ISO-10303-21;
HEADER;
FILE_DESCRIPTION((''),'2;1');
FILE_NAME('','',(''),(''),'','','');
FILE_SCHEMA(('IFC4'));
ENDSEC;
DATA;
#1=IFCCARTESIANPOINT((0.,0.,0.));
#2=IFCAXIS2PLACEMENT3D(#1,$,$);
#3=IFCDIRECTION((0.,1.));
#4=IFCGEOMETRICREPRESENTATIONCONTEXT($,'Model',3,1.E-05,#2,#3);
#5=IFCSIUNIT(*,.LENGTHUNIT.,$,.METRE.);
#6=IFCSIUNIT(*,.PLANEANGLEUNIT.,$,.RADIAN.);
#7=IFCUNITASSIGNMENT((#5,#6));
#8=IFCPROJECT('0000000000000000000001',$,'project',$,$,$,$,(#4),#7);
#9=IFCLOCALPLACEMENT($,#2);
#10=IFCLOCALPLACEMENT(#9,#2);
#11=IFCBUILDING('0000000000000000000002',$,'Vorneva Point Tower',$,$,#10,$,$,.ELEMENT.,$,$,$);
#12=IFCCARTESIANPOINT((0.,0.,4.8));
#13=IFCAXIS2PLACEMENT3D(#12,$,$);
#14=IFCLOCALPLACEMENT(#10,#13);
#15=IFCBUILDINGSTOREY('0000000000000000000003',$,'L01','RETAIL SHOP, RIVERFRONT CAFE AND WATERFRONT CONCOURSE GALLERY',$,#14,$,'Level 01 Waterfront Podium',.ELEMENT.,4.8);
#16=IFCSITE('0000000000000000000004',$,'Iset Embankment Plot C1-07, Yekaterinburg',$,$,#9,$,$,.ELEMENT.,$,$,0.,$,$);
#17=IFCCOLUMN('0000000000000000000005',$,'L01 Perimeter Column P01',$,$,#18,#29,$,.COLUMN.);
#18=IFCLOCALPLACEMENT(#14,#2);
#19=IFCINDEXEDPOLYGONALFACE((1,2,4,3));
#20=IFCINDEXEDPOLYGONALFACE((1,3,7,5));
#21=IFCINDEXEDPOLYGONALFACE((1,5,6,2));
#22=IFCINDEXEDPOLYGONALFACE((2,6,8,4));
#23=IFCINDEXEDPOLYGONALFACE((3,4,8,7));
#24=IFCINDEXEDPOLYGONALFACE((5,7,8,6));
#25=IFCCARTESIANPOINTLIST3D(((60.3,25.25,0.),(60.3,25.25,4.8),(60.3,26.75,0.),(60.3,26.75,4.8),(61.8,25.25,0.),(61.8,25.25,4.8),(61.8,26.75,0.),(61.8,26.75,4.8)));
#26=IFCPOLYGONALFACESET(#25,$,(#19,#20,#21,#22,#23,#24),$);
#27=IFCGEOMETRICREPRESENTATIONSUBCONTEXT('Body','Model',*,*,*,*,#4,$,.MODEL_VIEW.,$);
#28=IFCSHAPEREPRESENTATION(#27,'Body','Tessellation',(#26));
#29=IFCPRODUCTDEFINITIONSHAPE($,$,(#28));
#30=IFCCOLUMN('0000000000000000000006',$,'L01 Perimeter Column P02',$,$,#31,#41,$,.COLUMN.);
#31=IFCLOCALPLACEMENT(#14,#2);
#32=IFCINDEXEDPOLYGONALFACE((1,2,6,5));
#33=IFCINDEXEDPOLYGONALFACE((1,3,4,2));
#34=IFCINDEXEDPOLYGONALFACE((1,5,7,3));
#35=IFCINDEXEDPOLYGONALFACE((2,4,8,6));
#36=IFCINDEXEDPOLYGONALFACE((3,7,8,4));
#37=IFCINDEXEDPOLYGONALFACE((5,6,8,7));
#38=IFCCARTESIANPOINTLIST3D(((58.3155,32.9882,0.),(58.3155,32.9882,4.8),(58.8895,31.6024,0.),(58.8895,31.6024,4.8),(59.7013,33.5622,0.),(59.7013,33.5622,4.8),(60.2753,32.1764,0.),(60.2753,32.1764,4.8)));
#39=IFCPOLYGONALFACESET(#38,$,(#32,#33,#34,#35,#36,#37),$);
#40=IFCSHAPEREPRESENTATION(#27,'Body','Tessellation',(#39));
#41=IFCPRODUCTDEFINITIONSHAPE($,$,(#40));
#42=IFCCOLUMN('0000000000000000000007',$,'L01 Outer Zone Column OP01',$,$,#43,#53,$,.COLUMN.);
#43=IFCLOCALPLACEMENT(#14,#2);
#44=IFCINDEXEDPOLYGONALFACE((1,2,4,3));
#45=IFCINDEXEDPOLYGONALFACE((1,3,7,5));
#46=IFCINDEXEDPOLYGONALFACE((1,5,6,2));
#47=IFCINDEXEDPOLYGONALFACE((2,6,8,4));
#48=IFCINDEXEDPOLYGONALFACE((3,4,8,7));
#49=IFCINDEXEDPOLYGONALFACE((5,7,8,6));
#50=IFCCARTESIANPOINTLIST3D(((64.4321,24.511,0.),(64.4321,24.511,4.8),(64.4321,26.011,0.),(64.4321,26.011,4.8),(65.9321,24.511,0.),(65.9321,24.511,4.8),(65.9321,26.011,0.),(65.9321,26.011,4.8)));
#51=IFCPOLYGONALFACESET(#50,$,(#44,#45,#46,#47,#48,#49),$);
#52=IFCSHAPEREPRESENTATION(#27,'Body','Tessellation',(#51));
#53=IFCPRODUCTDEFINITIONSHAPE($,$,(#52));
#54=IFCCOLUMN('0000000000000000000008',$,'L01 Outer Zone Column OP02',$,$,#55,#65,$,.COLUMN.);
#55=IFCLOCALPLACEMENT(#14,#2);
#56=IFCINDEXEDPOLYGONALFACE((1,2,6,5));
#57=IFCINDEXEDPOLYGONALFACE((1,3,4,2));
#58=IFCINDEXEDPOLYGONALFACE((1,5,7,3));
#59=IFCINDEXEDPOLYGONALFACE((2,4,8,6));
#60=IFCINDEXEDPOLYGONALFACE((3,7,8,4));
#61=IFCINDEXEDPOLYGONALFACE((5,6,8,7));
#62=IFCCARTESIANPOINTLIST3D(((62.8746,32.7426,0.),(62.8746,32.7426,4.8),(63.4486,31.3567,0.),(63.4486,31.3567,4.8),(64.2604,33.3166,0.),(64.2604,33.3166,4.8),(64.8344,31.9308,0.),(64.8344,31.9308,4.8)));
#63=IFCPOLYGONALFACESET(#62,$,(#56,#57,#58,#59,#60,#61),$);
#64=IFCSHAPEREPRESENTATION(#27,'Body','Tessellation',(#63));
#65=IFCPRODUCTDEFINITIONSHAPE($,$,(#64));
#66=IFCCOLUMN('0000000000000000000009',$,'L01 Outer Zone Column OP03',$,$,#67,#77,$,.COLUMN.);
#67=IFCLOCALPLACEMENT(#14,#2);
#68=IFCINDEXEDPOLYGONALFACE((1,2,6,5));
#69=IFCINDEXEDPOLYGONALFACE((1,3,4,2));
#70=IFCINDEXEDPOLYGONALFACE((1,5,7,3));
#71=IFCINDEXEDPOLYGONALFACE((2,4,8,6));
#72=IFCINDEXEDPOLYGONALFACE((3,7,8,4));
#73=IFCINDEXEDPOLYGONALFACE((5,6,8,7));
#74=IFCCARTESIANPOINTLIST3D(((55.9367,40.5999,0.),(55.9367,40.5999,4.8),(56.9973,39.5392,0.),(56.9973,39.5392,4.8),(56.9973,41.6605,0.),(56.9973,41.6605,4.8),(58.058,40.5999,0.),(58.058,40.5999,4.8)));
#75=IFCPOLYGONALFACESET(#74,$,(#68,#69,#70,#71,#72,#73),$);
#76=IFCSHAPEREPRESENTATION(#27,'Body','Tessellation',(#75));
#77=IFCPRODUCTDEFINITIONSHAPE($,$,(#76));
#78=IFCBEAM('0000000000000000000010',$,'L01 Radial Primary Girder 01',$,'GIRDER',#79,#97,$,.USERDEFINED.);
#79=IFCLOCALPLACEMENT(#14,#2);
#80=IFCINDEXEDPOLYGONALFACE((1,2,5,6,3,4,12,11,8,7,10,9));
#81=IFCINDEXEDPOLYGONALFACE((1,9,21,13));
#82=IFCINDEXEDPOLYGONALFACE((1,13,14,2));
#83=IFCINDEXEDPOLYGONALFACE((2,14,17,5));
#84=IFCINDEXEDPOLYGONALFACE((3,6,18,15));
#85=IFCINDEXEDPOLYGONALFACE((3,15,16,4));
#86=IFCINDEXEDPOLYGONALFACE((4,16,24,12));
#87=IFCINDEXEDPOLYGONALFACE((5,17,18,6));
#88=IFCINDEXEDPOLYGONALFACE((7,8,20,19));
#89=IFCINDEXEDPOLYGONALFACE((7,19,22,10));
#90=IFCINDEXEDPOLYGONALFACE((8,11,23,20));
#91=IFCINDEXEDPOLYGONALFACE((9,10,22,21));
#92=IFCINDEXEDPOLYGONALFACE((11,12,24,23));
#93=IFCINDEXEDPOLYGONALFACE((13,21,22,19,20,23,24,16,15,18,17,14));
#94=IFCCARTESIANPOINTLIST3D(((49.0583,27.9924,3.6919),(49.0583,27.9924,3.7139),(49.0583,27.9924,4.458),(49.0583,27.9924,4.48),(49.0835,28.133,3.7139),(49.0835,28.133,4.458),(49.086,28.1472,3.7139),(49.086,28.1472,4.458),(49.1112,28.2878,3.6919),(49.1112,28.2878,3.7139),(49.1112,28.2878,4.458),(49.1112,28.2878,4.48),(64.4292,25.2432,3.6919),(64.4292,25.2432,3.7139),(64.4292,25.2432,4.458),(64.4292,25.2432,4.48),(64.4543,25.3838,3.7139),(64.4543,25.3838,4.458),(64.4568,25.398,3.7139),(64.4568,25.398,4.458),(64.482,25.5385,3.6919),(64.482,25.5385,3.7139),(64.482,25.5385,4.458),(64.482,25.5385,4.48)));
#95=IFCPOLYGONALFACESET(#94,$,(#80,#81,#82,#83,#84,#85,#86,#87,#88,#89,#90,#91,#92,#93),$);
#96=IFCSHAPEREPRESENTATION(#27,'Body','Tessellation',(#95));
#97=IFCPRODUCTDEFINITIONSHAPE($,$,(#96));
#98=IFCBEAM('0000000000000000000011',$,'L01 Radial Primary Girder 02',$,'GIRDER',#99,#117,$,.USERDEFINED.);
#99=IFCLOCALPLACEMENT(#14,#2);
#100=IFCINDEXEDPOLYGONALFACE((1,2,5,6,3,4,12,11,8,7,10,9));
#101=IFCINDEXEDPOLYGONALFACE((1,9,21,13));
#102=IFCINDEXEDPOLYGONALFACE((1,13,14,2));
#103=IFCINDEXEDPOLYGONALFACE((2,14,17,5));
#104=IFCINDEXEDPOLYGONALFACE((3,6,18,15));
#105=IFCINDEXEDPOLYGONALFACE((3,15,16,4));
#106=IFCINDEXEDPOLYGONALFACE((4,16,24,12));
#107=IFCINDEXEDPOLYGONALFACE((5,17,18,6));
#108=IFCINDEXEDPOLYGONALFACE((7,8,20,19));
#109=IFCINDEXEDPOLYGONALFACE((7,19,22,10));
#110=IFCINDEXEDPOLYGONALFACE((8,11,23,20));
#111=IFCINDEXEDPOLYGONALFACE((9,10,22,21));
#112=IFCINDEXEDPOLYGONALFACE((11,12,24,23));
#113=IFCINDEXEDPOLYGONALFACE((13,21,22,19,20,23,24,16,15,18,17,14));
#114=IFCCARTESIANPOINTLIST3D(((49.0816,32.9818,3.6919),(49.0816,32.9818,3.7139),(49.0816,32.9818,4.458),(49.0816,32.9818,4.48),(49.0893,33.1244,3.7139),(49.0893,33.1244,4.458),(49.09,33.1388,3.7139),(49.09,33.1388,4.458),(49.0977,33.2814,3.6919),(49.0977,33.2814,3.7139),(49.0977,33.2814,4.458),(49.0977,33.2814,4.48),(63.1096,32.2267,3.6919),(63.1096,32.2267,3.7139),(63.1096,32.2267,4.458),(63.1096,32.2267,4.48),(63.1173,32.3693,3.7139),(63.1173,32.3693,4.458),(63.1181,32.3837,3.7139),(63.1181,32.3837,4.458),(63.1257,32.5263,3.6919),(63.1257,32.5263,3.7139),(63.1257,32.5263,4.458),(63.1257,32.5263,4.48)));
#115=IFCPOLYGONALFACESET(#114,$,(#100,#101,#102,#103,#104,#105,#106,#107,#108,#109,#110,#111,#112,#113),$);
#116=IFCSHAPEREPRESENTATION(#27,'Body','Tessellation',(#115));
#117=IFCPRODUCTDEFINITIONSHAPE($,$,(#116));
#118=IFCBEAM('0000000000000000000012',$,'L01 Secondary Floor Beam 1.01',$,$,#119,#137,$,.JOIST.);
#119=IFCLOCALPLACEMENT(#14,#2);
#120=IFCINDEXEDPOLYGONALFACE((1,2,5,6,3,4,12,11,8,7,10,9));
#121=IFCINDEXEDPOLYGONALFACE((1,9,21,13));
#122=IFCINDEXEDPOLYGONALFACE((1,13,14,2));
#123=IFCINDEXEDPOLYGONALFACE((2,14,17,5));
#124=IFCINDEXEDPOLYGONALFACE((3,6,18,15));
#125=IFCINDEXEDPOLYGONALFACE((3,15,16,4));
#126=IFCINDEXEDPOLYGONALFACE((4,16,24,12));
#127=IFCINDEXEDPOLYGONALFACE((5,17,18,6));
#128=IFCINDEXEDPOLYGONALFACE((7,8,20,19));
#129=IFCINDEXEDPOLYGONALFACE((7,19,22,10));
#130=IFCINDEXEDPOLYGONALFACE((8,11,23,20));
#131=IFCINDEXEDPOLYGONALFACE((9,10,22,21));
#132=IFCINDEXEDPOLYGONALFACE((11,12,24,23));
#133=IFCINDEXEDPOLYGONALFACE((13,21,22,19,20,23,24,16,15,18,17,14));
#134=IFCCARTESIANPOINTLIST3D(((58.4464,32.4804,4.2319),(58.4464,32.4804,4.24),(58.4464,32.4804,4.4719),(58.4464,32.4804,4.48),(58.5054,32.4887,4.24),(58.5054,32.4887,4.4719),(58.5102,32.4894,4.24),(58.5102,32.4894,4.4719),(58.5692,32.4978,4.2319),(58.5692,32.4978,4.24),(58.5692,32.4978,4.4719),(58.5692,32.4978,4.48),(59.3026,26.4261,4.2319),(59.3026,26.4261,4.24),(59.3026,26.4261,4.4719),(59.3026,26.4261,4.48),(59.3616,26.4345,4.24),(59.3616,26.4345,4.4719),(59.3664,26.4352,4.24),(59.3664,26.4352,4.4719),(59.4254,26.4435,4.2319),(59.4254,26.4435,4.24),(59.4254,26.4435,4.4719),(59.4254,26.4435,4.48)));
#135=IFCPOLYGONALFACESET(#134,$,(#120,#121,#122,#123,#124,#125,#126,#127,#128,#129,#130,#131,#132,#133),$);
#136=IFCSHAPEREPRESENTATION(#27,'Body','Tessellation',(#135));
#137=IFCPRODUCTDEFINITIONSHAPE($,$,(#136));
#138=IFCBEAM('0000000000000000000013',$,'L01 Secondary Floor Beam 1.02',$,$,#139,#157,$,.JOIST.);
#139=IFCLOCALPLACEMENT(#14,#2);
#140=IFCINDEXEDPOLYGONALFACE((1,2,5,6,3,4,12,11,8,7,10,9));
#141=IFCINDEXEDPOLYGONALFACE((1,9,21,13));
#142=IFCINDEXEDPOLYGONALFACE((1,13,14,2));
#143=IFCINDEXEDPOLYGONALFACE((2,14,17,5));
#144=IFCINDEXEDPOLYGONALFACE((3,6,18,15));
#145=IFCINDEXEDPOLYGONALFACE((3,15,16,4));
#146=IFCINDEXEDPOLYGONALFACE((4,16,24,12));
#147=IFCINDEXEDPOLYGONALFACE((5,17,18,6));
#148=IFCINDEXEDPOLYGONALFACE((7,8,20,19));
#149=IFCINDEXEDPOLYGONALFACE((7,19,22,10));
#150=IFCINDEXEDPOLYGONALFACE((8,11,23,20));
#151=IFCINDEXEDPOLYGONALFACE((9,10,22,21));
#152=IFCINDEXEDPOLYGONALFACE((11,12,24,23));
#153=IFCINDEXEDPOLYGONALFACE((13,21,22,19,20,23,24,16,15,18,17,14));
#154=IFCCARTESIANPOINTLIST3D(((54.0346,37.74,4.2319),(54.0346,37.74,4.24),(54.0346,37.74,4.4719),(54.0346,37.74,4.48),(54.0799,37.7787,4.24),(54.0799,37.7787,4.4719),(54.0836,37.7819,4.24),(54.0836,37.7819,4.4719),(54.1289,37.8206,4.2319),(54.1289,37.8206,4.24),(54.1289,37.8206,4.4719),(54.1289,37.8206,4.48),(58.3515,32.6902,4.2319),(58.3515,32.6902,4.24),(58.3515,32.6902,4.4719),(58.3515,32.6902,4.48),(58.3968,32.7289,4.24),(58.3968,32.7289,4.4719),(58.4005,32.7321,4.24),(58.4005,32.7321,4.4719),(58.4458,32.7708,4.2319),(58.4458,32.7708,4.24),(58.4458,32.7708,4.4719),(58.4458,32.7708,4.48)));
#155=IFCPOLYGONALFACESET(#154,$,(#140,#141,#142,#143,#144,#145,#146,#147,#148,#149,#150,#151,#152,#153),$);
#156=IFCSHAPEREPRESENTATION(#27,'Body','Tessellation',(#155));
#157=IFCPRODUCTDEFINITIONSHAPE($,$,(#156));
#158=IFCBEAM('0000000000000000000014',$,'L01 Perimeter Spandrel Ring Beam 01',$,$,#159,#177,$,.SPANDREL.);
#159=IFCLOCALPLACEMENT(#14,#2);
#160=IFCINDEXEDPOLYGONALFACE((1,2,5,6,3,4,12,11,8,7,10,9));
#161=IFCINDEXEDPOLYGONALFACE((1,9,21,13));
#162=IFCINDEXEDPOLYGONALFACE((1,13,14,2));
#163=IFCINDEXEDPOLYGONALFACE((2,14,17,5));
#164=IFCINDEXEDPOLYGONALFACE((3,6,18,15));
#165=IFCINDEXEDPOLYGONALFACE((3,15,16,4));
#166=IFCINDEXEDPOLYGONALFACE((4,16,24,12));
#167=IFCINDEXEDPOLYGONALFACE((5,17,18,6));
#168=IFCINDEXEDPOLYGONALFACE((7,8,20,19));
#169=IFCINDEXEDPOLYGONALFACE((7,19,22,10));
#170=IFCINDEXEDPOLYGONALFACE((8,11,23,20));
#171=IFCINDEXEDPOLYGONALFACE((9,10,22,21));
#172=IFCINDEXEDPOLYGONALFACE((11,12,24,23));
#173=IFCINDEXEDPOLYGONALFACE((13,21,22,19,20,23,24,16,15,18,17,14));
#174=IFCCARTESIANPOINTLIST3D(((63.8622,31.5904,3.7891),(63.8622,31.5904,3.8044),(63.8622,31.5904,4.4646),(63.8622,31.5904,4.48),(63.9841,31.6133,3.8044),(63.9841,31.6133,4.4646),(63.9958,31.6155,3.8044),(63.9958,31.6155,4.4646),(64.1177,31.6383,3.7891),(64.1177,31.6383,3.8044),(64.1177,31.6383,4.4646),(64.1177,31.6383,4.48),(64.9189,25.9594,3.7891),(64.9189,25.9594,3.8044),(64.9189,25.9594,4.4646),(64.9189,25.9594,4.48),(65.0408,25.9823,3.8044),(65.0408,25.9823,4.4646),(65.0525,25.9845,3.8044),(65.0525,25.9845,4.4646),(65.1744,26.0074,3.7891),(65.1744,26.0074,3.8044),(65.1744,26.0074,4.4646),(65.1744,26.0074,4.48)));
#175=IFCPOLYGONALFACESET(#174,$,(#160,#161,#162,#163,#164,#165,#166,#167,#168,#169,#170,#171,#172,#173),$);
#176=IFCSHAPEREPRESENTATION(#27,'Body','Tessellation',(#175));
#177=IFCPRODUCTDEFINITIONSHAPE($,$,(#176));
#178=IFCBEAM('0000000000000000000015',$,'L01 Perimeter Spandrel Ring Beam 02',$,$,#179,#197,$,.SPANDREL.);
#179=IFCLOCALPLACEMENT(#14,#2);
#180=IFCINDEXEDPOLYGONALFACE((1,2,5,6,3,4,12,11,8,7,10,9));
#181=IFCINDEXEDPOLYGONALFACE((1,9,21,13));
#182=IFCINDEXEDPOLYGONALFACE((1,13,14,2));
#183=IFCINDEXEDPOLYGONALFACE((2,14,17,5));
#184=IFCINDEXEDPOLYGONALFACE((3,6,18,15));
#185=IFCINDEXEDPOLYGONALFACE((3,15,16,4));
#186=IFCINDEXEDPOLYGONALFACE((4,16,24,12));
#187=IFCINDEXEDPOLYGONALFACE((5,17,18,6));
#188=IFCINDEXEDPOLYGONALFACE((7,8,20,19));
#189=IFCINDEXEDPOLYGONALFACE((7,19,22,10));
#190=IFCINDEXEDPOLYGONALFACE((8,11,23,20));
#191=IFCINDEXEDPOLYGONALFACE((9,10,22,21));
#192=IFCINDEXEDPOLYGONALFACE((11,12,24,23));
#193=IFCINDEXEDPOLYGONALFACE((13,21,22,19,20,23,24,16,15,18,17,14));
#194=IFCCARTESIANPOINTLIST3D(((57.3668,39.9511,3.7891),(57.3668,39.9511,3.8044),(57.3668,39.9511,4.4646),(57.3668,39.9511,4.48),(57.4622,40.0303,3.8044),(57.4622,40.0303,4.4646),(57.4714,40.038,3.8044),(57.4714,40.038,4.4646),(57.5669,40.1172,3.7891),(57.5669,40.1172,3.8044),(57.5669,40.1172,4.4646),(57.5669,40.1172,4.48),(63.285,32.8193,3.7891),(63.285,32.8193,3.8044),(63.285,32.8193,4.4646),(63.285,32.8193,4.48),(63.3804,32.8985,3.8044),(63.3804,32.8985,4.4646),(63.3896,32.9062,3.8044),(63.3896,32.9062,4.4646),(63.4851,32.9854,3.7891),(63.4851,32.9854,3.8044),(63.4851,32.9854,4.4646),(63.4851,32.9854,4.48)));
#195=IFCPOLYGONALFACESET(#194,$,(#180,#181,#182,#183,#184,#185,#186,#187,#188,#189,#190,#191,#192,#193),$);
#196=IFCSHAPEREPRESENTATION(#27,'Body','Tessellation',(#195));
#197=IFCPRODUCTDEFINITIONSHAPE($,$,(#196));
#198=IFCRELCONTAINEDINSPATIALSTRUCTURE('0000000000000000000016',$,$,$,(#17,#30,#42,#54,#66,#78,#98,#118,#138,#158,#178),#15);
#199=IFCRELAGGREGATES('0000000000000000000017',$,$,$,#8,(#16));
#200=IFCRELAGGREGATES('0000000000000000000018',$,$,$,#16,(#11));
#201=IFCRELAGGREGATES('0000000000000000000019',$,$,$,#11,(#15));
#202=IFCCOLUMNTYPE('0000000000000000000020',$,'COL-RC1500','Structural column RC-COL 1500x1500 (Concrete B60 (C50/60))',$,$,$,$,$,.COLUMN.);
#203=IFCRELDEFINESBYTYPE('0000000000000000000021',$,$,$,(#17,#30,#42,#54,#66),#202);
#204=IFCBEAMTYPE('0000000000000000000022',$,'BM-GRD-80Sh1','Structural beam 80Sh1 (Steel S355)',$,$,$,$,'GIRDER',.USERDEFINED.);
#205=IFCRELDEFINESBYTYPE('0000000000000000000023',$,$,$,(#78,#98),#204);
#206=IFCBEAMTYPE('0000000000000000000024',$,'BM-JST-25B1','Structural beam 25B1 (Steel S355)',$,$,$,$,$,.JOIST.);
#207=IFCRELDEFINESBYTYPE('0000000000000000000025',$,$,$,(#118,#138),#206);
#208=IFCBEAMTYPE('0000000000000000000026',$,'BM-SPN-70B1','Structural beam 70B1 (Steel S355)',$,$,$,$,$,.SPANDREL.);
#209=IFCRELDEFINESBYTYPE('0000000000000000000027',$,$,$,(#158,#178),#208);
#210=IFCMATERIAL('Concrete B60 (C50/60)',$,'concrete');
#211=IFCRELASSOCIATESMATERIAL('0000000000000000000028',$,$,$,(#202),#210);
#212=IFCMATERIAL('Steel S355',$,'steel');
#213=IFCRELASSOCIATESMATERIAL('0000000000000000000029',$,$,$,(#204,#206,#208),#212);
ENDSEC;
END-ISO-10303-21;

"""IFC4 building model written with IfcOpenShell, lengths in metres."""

from ifc_helpers import new_model, si_unit, direction, frame, origin, origin_2d, place, context, subcontext, project, spatial, rectangle, i_section, extrude, material, material_profile, profile_set, type_object, element, save


model = new_model("IFC4")

# Units and contexts
model_context = context("Model", 3, precision=1e-05, world=origin(), true_north=direction((0.0, 1.0)))
body_context = subcontext(model_context, "Body", "Model", "MODEL_VIEW")
ifc_project = project(units=[si_unit("LENGTHUNIT", "METRE"), si_unit("PLANEANGLEUNIT", "RADIAN")], contexts=[model_context])

# Site, building, storey
site_placement = place(None, origin())
site = spatial("IfcSite", under=ifc_project, at=site_placement, Name="Iset Embankment Plot C1-07, Yekaterinburg", CompositionType="ELEMENT", RefElevation=0.0)
building_placement = place(site_placement, origin())
building = spatial("IfcBuilding", under=site, at=building_placement, Name="Vorneva Point Tower", CompositionType="ELEMENT")
storey_placement = place(building_placement, frame((0.0, 0.0, 4.8)))
storey = spatial("IfcBuildingStorey", under=building, at=storey_placement, Name="L01", Description="RETAIL SHOP, RIVERFRONT CAFE AND WATERFRONT CONCOURSE GALLERY", LongName="Level 01 Waterfront Podium", CompositionType="ELEMENT", Elevation=4.8)

# Columns
ifc_material_1 = material(Name="Concrete B60 (C50/60)", Category="concrete")
ifc_material_profile_1 = material_profile(ifc_material_1, rectangle(XDim=1.5, YDim=1.5, at=origin_2d()), Name="RC-COL 1500x1500")
ifc_profile_set_1 = profile_set([ifc_material_profile_1], Name="Concrete B60 (C50/60)")
column_type = type_object("IfcColumnType", Name="COL-RC1500", Description="Structural column RC-COL 1500x1500 (Concrete B60 (C50/60))", PredefinedType="COLUMN", material=ifc_profile_set_1)
for number, where, z_axis, x_axis, name in (
    (1, (61.05, 26.0, 0.0), (0.0, 0.0, 1.0), (1.0, 0.0, 0.0), "L01 Perimeter Column P01"),
    (2, (59.2954, 32.5823, 0.0), (0.0, 0.0, 1.0), (0.92388, 0.382683, 0.0), "L01 Perimeter Column P02"),
    (3, (65.1821, 25.261, 0.0), (0.0, 0.0, 1.0), (1.0, 0.0, 0.0), "L01 Outer Zone Column OP01"),
    (4, (63.8545, 32.3367, 0.0), (0.0, 0.0, 1.0), (0.92388, 0.382683, 0.0), "L01 Outer Zone Column OP02"),
    (5, (56.9973, 40.5999, 0.0), (0.0, 0.0, 1.0), (0.707107, 0.707107, 0.0), "L01 Outer Zone Column OP03"),
):
    element("IfcColumn", number, at=place(storey_placement, frame(where, z_axis=z_axis, x_axis=x_axis)), inside=storey, type_object=column_type, Name=name, PredefinedType="COLUMN", context=body_context, shape_type="SweptSolid", body=[
        extrude(rectangle(XDim=1.5, YDim=1.5, at=origin_2d()), origin(), (0.0, 0.0, 1.0), 4.8),
    ])

# Beams
ifc_material_2 = material(Name="Steel S355", Category="steel")
ifc_material_profile_2 = material_profile(ifc_material_2, i_section(OverallWidth=0.3, OverallDepth=0.7881, WebThickness=0.0144, FlangeThickness=0.022, at=origin_2d()), Name="80Sh1")
ifc_profile_set_2 = profile_set([ifc_material_profile_2], Name="Steel S355")
beam_type_1 = type_object("IfcBeamType", Name="BM-GRD-80Sh1", Description="Structural beam 80Sh1 (Steel S355)", ElementType="GIRDER", PredefinedType="USERDEFINED", material=ifc_profile_set_2)
beam_1_placement = place(storey_placement, frame((64.4556, 25.3909, 4.0859), z_axis=(-0.984378, 0.176068, 0.0), x_axis=(-0.176068, -0.984378, 0.0)))
element("IfcBeam", 6, at=beam_1_placement, inside=storey, type_object=beam_type_1, Name="L01 Radial Primary Girder 01", ObjectType="GIRDER", PredefinedType="USERDEFINED", context=body_context, shape_type="SweptSolid", body=[
    extrude(i_section(OverallWidth=0.3, OverallDepth=0.7881, WebThickness=0.0144, FlangeThickness=0.022, at=origin_2d()), origin(), (0.0, 0.0, 1.0), 15.6147),
])
beam_2_placement = place(storey_placement, frame((63.1177, 32.3765, 4.0859), z_axis=(-0.998554, 0.053752, 0.0), x_axis=(-0.053752, -0.998554, 0.0)))
element("IfcBeam", 7, at=beam_2_placement, inside=storey, type_object=beam_type_1, Name="L01 Radial Primary Girder 02", ObjectType="GIRDER", PredefinedType="USERDEFINED", context=body_context, shape_type="SweptSolid", body=[
    extrude(i_section(OverallWidth=0.3, OverallDepth=0.7881, WebThickness=0.0144, FlangeThickness=0.022, at=origin_2d()), origin(), (0.0, 0.0, 1.0), 14.0483),
])
ifc_material_profile_3 = material_profile(ifc_material_2, i_section(OverallWidth=0.124, OverallDepth=0.248, WebThickness=0.0049, FlangeThickness=0.0081, at=origin_2d()), Name="25B1")
ifc_profile_set_3 = profile_set([ifc_material_profile_3], Name="Steel S355")
beam_type_2 = type_object("IfcBeamType", Name="BM-JST-25B1", Description="Structural beam 25B1 (Steel S355)", PredefinedType="JOIST", material=ifc_profile_set_3)
beam_3_placement = place(storey_placement, frame((59.364, 26.4348, 4.356), z_axis=(-0.140029, 0.990147, 0.0), x_axis=(-0.990147, -0.140029, 0.0)))
element("IfcBeam", 8, at=beam_3_placement, inside=storey, type_object=beam_type_2, Name="L01 Secondary Floor Beam 1.01", PredefinedType="JOIST", context=body_context, shape_type="SweptSolid", body=[
    extrude(i_section(OverallWidth=0.124, OverallDepth=0.248, WebThickness=0.0049, FlangeThickness=0.0081, at=origin_2d()), origin(), (0.0, 0.0, 1.0), 6.1145),
])
beam_4_placement = place(storey_placement, frame((58.3987, 32.7305, 4.356), z_axis=(-0.649792, 0.760112, 0.0), x_axis=(-0.760112, -0.649792, 0.0)))
element("IfcBeam", 9, at=beam_4_placement, inside=storey, type_object=beam_type_2, Name="L01 Secondary Floor Beam 1.02", PredefinedType="JOIST", context=body_context, shape_type="SweptSolid", body=[
    extrude(i_section(OverallWidth=0.124, OverallDepth=0.248, WebThickness=0.0049, FlangeThickness=0.0081, at=origin_2d()), origin(), (0.0, 0.0, 1.0), 6.6436),
])
ifc_material_profile_4 = material_profile(ifc_material_2, i_section(OverallWidth=0.26, OverallDepth=0.6909, WebThickness=0.012, FlangeThickness=0.0154, at=origin_2d()), Name="70B1")
ifc_profile_set_4 = profile_set([ifc_material_profile_4], Name="Steel S355")
beam_type_3 = type_object("IfcBeamType", Name="BM-SPN-70B1", Description="Structural beam 70B1 (Steel S355)", PredefinedType="SPANDREL", material=ifc_profile_set_4)
beam_5_placement = place(storey_placement, frame((65.0466, 25.9834, 4.1345), z_axis=(-0.184433, 0.982845, 0.0), x_axis=(-0.982845, -0.184433, 0.0)))
element("IfcBeam", 10, at=beam_5_placement, inside=storey, type_object=beam_type_3, Name="L01 Perimeter Spandrel Ring Beam 01", PredefinedType="SPANDREL", context=body_context, shape_type="SweptSolid", body=[
    extrude(i_section(OverallWidth=0.26, OverallDepth=0.6909, WebThickness=0.012, FlangeThickness=0.0154, at=origin_2d()), origin(), (0.0, 0.0, 1.0), 5.7292),
])
beam_6_placement = place(storey_placement, frame((63.385, 32.9023, 4.1345), z_axis=(-0.638592, 0.769545, 0.0), x_axis=(-0.769545, -0.638592, 0.0)))
element("IfcBeam", 11, at=beam_6_placement, inside=storey, type_object=beam_type_3, Name="L01 Perimeter Spandrel Ring Beam 02", PredefinedType="SPANDREL", context=body_context, shape_type="SweptSolid", body=[
    extrude(i_section(OverallWidth=0.26, OverallDepth=0.6909, WebThickness=0.012, FlangeThickness=0.0154, at=origin_2d()), origin(), (0.0, 0.0, 1.0), 9.2676),
])

save(model, "model.ifc")
